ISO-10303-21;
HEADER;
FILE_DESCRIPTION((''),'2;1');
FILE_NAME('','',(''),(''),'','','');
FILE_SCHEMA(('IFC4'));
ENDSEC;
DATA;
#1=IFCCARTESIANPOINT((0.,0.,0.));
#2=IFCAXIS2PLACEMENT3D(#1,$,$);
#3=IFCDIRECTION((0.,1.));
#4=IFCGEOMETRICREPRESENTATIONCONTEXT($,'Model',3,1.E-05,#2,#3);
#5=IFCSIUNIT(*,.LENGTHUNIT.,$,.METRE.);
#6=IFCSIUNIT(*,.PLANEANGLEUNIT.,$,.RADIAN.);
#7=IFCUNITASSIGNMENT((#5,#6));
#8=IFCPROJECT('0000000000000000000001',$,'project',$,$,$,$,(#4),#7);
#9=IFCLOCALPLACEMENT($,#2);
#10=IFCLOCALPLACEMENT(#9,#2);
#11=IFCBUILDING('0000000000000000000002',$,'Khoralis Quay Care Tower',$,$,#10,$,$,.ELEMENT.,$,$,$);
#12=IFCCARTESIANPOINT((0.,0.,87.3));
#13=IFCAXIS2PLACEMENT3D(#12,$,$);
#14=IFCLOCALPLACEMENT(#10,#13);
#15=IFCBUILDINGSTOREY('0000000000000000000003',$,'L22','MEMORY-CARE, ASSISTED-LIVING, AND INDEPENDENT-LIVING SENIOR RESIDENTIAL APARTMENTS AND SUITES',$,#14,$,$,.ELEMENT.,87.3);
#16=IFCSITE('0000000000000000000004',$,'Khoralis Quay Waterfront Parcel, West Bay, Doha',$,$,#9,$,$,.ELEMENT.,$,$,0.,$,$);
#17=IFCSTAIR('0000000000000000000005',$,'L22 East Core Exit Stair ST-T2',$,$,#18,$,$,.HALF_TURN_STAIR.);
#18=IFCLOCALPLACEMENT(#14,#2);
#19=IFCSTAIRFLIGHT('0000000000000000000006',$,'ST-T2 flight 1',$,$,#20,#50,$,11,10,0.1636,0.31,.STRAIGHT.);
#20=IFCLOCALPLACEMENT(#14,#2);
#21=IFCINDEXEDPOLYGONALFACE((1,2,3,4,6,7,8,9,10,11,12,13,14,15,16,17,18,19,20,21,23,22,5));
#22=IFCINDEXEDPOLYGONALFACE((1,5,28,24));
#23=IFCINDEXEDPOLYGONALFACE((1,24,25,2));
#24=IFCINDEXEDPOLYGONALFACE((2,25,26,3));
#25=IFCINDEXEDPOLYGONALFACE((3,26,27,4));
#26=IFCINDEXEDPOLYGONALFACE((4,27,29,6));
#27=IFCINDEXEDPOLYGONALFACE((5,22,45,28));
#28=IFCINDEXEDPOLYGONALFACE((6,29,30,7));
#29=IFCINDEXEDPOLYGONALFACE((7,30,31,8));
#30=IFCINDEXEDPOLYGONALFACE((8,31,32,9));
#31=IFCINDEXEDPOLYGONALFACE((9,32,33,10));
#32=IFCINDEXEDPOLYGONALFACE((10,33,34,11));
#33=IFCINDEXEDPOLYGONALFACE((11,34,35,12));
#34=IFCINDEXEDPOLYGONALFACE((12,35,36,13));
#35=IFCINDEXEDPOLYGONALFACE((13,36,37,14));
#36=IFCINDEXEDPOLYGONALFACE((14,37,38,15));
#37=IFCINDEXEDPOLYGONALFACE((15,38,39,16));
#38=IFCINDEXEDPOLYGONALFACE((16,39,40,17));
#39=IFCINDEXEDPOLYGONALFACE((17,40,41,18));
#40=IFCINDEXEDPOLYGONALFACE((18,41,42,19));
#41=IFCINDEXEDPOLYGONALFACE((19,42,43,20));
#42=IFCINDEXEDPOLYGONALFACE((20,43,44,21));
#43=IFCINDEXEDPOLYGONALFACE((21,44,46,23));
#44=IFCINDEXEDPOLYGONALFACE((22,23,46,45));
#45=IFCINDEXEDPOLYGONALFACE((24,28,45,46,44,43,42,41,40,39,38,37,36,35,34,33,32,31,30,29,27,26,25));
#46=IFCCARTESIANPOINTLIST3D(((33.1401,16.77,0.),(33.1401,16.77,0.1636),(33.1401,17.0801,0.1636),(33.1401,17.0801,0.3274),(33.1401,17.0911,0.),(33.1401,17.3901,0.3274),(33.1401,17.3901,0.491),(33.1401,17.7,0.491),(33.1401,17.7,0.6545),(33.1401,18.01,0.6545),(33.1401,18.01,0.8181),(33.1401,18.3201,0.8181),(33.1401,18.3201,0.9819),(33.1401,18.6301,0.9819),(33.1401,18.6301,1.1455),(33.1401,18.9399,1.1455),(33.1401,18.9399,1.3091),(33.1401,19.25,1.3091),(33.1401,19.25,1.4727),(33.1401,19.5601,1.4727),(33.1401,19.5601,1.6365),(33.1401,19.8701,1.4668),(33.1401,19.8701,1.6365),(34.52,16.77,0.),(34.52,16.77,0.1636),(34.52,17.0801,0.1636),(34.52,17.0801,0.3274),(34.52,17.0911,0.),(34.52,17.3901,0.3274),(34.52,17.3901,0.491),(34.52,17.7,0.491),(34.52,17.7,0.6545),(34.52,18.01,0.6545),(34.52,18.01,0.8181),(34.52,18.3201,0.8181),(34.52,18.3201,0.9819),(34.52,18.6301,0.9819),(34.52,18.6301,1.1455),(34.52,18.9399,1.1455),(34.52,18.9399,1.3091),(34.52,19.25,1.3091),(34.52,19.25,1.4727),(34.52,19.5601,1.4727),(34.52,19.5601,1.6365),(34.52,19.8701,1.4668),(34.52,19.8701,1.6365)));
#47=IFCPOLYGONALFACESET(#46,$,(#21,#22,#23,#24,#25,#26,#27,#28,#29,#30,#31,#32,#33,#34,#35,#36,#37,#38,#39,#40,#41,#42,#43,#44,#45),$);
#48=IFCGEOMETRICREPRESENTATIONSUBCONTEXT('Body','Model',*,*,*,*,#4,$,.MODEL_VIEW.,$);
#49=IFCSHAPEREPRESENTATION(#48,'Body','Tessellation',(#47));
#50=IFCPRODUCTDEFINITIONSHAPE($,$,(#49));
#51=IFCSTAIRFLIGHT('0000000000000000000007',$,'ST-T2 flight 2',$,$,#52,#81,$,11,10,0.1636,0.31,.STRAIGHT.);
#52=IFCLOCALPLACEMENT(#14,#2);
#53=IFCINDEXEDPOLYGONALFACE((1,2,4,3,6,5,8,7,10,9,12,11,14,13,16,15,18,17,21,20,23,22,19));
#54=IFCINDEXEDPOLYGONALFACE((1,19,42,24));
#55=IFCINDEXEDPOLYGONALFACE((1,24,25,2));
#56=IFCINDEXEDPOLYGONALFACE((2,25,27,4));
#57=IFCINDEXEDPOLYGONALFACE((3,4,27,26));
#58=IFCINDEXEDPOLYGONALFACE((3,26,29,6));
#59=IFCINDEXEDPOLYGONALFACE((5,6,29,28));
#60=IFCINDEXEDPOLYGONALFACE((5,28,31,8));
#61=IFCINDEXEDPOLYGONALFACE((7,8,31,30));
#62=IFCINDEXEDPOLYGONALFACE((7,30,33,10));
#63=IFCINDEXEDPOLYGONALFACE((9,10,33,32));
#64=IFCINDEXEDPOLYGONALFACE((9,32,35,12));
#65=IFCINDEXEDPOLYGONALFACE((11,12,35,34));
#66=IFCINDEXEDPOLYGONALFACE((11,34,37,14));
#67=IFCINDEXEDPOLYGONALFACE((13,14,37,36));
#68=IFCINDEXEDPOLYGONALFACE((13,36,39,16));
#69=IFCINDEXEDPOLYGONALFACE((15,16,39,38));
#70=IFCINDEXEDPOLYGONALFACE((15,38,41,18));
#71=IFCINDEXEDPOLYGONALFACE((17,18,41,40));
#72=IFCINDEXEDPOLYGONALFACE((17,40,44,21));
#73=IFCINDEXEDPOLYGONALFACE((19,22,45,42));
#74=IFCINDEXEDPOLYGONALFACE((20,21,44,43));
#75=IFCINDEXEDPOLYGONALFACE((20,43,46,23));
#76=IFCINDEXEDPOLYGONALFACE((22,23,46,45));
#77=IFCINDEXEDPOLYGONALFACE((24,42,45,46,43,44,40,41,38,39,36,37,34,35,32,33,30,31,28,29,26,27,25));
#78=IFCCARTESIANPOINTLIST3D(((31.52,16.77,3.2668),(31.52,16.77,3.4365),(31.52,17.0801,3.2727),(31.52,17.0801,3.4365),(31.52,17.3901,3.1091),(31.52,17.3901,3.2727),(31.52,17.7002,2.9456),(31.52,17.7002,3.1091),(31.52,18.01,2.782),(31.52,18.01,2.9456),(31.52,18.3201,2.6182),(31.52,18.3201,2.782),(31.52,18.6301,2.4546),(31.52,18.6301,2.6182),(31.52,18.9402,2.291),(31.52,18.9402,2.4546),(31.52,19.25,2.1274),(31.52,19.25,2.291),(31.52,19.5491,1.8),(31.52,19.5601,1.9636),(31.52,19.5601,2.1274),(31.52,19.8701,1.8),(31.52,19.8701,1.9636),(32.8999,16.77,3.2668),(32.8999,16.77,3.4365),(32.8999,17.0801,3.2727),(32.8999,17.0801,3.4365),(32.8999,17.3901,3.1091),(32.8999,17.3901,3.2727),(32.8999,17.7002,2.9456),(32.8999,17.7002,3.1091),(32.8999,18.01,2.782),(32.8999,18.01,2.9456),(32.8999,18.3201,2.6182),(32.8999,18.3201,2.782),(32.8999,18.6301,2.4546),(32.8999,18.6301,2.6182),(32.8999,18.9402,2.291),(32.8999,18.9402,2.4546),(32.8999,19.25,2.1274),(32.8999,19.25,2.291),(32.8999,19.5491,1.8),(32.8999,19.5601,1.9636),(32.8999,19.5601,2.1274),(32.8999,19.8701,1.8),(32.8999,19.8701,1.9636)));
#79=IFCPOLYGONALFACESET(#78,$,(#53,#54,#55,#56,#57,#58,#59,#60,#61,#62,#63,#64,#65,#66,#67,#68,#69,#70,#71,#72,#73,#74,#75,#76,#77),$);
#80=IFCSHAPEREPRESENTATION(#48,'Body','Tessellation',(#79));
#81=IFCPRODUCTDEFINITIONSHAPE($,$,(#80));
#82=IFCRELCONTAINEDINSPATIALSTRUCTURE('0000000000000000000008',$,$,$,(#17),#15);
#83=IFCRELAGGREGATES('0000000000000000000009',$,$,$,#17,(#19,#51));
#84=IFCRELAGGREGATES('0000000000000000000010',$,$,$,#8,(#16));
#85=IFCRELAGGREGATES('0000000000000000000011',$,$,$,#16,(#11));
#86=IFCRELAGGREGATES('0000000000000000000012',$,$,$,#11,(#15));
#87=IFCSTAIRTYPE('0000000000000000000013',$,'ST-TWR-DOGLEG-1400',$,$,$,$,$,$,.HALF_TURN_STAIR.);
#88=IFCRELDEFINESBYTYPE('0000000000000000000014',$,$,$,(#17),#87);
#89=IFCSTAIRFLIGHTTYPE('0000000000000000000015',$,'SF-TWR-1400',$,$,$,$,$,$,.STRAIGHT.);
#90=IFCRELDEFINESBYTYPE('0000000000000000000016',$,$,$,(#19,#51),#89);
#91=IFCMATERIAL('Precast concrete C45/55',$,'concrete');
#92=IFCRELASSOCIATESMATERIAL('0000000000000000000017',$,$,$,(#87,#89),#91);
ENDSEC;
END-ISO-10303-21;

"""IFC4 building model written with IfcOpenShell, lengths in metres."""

from ifc_helpers import new_model, si_unit, direction, frame, origin, place, context, subcontext, project, spatial, polyline, outline, extrude, source, transform, mapped, material, type_object, element, aggregate, save


model = new_model("IFC4")

# Units and contexts
model_context = context("Model", 3, precision=1e-05, world=origin(), true_north=direction((0.0, 1.0)))
body_context = subcontext(model_context, "Body", "Model", "MODEL_VIEW")
ifc_project = project(units=[si_unit("LENGTHUNIT", "METRE"), si_unit("PLANEANGLEUNIT", "RADIAN")], contexts=[model_context])

# Site, building, storey
site_placement = place(None, origin())
site = spatial("IfcSite", under=ifc_project, at=site_placement, Name="Khoralis Quay Waterfront Parcel, West Bay, Doha", CompositionType="ELEMENT", RefElevation=0.0)
building_placement = place(site_placement, origin())
building = spatial("IfcBuilding", under=site, at=building_placement, Name="Khoralis Quay Care Tower", CompositionType="ELEMENT")
storey_placement = place(building_placement, frame((0.0, 0.0, 87.3)))
storey = spatial("IfcBuildingStorey", under=building, at=storey_placement, Name="L22", Description="MEMORY-CARE, ASSISTED-LIVING, AND INDEPENDENT-LIVING SENIOR RESIDENTIAL APARTMENTS AND SUITES", CompositionType="ELEMENT", Elevation=87.3)

# Stair, stair flights
ifc_material_1 = material(Name="Precast concrete C45/55", Category="concrete")
stair_type = type_object("IfcStairType", Name="ST-TWR-DOGLEG-1400", PredefinedType="HALF_TURN_STAIR", material=ifc_material_1)
stair_placement = place(storey_placement, origin())
stair = element("IfcStair", 1, at=stair_placement, inside=storey, type_object=stair_type, Name="L22 East Core Exit Stair ST-T2", PredefinedType="HALF_TURN_STAIR")
stair_flight_type = type_object("IfcStairFlightType", Name="SF-TWR-1400", PredefinedType="STRAIGHT", material=ifc_material_1)
shared_shape_1 = source(origin(), body_context, "Body", "SweptSolid", [
    extrude(outline(polyline([(0.0, 0.0), (0.0, 0.1636), (0.3101, 0.1636), (0.3101, 0.3274), (0.6201, 0.3274), (0.6201, 0.491), (0.9299, 0.491), (0.9299, 0.6545), (1.24, 0.6545), (1.24, 0.8181), (1.55, 0.8181), (1.55, 0.9819), (1.8601, 0.9819), (1.8601, 1.1455), (2.1699, 1.1455), (2.1699, 1.3091), (2.48, 1.3091), (2.48, 1.4727), (2.79, 1.4727), (2.79, 1.6365), (3.1001, 1.6365), (3.1001, 1.8), (3.1001, 1.4668), (0.321, 0.0), (0.0, 0.0)])), frame((0.0, 0.6899, 0.0), z_axis=(0.0, -1.0, 0.0), x_axis=(1.0, 0.0, 0.0)), (0.0, 0.0, 1.0), 1.3799),
])
stair_flight_1_placement = place(storey_placement, frame((33.8301, 16.77, 0.0), z_axis=(0.0, 0.0, 1.0), x_axis=(0.0, 1.0, 0.0)))
stair_flight_1 = element("IfcStairFlight", 2, at=stair_flight_1_placement, type_object=stair_flight_type, Name="ST-T2 flight 1", NumberOfRisers=11, NumberOfTreads=10, PredefinedType="STRAIGHT", RiserHeight=0.1636, TreadLength=0.31, context=body_context, shape_type="MappedRepresentation", body=[
    mapped(shared_shape_1, transform((0.0, 0.0, 0.0), scale=1.0)),
])
stair_flight_2_placement = place(storey_placement, frame((32.21, 19.8701, 1.8), z_axis=(0.0, 0.0, 1.0), x_axis=(0.0, -1.0, 0.0)))
stair_flight_2 = element("IfcStairFlight", 3, at=stair_flight_2_placement, type_object=stair_flight_type, Name="ST-T2 flight 2", NumberOfRisers=11, NumberOfTreads=10, PredefinedType="STRAIGHT", RiserHeight=0.1636, TreadLength=0.31, context=body_context, shape_type="MappedRepresentation", body=[
    mapped(shared_shape_1, transform((0.0, 0.0, 0.0), scale=1.0)),
])
aggregate(stair, [stair_flight_1, stair_flight_2])

save(model, "model.ifc")
